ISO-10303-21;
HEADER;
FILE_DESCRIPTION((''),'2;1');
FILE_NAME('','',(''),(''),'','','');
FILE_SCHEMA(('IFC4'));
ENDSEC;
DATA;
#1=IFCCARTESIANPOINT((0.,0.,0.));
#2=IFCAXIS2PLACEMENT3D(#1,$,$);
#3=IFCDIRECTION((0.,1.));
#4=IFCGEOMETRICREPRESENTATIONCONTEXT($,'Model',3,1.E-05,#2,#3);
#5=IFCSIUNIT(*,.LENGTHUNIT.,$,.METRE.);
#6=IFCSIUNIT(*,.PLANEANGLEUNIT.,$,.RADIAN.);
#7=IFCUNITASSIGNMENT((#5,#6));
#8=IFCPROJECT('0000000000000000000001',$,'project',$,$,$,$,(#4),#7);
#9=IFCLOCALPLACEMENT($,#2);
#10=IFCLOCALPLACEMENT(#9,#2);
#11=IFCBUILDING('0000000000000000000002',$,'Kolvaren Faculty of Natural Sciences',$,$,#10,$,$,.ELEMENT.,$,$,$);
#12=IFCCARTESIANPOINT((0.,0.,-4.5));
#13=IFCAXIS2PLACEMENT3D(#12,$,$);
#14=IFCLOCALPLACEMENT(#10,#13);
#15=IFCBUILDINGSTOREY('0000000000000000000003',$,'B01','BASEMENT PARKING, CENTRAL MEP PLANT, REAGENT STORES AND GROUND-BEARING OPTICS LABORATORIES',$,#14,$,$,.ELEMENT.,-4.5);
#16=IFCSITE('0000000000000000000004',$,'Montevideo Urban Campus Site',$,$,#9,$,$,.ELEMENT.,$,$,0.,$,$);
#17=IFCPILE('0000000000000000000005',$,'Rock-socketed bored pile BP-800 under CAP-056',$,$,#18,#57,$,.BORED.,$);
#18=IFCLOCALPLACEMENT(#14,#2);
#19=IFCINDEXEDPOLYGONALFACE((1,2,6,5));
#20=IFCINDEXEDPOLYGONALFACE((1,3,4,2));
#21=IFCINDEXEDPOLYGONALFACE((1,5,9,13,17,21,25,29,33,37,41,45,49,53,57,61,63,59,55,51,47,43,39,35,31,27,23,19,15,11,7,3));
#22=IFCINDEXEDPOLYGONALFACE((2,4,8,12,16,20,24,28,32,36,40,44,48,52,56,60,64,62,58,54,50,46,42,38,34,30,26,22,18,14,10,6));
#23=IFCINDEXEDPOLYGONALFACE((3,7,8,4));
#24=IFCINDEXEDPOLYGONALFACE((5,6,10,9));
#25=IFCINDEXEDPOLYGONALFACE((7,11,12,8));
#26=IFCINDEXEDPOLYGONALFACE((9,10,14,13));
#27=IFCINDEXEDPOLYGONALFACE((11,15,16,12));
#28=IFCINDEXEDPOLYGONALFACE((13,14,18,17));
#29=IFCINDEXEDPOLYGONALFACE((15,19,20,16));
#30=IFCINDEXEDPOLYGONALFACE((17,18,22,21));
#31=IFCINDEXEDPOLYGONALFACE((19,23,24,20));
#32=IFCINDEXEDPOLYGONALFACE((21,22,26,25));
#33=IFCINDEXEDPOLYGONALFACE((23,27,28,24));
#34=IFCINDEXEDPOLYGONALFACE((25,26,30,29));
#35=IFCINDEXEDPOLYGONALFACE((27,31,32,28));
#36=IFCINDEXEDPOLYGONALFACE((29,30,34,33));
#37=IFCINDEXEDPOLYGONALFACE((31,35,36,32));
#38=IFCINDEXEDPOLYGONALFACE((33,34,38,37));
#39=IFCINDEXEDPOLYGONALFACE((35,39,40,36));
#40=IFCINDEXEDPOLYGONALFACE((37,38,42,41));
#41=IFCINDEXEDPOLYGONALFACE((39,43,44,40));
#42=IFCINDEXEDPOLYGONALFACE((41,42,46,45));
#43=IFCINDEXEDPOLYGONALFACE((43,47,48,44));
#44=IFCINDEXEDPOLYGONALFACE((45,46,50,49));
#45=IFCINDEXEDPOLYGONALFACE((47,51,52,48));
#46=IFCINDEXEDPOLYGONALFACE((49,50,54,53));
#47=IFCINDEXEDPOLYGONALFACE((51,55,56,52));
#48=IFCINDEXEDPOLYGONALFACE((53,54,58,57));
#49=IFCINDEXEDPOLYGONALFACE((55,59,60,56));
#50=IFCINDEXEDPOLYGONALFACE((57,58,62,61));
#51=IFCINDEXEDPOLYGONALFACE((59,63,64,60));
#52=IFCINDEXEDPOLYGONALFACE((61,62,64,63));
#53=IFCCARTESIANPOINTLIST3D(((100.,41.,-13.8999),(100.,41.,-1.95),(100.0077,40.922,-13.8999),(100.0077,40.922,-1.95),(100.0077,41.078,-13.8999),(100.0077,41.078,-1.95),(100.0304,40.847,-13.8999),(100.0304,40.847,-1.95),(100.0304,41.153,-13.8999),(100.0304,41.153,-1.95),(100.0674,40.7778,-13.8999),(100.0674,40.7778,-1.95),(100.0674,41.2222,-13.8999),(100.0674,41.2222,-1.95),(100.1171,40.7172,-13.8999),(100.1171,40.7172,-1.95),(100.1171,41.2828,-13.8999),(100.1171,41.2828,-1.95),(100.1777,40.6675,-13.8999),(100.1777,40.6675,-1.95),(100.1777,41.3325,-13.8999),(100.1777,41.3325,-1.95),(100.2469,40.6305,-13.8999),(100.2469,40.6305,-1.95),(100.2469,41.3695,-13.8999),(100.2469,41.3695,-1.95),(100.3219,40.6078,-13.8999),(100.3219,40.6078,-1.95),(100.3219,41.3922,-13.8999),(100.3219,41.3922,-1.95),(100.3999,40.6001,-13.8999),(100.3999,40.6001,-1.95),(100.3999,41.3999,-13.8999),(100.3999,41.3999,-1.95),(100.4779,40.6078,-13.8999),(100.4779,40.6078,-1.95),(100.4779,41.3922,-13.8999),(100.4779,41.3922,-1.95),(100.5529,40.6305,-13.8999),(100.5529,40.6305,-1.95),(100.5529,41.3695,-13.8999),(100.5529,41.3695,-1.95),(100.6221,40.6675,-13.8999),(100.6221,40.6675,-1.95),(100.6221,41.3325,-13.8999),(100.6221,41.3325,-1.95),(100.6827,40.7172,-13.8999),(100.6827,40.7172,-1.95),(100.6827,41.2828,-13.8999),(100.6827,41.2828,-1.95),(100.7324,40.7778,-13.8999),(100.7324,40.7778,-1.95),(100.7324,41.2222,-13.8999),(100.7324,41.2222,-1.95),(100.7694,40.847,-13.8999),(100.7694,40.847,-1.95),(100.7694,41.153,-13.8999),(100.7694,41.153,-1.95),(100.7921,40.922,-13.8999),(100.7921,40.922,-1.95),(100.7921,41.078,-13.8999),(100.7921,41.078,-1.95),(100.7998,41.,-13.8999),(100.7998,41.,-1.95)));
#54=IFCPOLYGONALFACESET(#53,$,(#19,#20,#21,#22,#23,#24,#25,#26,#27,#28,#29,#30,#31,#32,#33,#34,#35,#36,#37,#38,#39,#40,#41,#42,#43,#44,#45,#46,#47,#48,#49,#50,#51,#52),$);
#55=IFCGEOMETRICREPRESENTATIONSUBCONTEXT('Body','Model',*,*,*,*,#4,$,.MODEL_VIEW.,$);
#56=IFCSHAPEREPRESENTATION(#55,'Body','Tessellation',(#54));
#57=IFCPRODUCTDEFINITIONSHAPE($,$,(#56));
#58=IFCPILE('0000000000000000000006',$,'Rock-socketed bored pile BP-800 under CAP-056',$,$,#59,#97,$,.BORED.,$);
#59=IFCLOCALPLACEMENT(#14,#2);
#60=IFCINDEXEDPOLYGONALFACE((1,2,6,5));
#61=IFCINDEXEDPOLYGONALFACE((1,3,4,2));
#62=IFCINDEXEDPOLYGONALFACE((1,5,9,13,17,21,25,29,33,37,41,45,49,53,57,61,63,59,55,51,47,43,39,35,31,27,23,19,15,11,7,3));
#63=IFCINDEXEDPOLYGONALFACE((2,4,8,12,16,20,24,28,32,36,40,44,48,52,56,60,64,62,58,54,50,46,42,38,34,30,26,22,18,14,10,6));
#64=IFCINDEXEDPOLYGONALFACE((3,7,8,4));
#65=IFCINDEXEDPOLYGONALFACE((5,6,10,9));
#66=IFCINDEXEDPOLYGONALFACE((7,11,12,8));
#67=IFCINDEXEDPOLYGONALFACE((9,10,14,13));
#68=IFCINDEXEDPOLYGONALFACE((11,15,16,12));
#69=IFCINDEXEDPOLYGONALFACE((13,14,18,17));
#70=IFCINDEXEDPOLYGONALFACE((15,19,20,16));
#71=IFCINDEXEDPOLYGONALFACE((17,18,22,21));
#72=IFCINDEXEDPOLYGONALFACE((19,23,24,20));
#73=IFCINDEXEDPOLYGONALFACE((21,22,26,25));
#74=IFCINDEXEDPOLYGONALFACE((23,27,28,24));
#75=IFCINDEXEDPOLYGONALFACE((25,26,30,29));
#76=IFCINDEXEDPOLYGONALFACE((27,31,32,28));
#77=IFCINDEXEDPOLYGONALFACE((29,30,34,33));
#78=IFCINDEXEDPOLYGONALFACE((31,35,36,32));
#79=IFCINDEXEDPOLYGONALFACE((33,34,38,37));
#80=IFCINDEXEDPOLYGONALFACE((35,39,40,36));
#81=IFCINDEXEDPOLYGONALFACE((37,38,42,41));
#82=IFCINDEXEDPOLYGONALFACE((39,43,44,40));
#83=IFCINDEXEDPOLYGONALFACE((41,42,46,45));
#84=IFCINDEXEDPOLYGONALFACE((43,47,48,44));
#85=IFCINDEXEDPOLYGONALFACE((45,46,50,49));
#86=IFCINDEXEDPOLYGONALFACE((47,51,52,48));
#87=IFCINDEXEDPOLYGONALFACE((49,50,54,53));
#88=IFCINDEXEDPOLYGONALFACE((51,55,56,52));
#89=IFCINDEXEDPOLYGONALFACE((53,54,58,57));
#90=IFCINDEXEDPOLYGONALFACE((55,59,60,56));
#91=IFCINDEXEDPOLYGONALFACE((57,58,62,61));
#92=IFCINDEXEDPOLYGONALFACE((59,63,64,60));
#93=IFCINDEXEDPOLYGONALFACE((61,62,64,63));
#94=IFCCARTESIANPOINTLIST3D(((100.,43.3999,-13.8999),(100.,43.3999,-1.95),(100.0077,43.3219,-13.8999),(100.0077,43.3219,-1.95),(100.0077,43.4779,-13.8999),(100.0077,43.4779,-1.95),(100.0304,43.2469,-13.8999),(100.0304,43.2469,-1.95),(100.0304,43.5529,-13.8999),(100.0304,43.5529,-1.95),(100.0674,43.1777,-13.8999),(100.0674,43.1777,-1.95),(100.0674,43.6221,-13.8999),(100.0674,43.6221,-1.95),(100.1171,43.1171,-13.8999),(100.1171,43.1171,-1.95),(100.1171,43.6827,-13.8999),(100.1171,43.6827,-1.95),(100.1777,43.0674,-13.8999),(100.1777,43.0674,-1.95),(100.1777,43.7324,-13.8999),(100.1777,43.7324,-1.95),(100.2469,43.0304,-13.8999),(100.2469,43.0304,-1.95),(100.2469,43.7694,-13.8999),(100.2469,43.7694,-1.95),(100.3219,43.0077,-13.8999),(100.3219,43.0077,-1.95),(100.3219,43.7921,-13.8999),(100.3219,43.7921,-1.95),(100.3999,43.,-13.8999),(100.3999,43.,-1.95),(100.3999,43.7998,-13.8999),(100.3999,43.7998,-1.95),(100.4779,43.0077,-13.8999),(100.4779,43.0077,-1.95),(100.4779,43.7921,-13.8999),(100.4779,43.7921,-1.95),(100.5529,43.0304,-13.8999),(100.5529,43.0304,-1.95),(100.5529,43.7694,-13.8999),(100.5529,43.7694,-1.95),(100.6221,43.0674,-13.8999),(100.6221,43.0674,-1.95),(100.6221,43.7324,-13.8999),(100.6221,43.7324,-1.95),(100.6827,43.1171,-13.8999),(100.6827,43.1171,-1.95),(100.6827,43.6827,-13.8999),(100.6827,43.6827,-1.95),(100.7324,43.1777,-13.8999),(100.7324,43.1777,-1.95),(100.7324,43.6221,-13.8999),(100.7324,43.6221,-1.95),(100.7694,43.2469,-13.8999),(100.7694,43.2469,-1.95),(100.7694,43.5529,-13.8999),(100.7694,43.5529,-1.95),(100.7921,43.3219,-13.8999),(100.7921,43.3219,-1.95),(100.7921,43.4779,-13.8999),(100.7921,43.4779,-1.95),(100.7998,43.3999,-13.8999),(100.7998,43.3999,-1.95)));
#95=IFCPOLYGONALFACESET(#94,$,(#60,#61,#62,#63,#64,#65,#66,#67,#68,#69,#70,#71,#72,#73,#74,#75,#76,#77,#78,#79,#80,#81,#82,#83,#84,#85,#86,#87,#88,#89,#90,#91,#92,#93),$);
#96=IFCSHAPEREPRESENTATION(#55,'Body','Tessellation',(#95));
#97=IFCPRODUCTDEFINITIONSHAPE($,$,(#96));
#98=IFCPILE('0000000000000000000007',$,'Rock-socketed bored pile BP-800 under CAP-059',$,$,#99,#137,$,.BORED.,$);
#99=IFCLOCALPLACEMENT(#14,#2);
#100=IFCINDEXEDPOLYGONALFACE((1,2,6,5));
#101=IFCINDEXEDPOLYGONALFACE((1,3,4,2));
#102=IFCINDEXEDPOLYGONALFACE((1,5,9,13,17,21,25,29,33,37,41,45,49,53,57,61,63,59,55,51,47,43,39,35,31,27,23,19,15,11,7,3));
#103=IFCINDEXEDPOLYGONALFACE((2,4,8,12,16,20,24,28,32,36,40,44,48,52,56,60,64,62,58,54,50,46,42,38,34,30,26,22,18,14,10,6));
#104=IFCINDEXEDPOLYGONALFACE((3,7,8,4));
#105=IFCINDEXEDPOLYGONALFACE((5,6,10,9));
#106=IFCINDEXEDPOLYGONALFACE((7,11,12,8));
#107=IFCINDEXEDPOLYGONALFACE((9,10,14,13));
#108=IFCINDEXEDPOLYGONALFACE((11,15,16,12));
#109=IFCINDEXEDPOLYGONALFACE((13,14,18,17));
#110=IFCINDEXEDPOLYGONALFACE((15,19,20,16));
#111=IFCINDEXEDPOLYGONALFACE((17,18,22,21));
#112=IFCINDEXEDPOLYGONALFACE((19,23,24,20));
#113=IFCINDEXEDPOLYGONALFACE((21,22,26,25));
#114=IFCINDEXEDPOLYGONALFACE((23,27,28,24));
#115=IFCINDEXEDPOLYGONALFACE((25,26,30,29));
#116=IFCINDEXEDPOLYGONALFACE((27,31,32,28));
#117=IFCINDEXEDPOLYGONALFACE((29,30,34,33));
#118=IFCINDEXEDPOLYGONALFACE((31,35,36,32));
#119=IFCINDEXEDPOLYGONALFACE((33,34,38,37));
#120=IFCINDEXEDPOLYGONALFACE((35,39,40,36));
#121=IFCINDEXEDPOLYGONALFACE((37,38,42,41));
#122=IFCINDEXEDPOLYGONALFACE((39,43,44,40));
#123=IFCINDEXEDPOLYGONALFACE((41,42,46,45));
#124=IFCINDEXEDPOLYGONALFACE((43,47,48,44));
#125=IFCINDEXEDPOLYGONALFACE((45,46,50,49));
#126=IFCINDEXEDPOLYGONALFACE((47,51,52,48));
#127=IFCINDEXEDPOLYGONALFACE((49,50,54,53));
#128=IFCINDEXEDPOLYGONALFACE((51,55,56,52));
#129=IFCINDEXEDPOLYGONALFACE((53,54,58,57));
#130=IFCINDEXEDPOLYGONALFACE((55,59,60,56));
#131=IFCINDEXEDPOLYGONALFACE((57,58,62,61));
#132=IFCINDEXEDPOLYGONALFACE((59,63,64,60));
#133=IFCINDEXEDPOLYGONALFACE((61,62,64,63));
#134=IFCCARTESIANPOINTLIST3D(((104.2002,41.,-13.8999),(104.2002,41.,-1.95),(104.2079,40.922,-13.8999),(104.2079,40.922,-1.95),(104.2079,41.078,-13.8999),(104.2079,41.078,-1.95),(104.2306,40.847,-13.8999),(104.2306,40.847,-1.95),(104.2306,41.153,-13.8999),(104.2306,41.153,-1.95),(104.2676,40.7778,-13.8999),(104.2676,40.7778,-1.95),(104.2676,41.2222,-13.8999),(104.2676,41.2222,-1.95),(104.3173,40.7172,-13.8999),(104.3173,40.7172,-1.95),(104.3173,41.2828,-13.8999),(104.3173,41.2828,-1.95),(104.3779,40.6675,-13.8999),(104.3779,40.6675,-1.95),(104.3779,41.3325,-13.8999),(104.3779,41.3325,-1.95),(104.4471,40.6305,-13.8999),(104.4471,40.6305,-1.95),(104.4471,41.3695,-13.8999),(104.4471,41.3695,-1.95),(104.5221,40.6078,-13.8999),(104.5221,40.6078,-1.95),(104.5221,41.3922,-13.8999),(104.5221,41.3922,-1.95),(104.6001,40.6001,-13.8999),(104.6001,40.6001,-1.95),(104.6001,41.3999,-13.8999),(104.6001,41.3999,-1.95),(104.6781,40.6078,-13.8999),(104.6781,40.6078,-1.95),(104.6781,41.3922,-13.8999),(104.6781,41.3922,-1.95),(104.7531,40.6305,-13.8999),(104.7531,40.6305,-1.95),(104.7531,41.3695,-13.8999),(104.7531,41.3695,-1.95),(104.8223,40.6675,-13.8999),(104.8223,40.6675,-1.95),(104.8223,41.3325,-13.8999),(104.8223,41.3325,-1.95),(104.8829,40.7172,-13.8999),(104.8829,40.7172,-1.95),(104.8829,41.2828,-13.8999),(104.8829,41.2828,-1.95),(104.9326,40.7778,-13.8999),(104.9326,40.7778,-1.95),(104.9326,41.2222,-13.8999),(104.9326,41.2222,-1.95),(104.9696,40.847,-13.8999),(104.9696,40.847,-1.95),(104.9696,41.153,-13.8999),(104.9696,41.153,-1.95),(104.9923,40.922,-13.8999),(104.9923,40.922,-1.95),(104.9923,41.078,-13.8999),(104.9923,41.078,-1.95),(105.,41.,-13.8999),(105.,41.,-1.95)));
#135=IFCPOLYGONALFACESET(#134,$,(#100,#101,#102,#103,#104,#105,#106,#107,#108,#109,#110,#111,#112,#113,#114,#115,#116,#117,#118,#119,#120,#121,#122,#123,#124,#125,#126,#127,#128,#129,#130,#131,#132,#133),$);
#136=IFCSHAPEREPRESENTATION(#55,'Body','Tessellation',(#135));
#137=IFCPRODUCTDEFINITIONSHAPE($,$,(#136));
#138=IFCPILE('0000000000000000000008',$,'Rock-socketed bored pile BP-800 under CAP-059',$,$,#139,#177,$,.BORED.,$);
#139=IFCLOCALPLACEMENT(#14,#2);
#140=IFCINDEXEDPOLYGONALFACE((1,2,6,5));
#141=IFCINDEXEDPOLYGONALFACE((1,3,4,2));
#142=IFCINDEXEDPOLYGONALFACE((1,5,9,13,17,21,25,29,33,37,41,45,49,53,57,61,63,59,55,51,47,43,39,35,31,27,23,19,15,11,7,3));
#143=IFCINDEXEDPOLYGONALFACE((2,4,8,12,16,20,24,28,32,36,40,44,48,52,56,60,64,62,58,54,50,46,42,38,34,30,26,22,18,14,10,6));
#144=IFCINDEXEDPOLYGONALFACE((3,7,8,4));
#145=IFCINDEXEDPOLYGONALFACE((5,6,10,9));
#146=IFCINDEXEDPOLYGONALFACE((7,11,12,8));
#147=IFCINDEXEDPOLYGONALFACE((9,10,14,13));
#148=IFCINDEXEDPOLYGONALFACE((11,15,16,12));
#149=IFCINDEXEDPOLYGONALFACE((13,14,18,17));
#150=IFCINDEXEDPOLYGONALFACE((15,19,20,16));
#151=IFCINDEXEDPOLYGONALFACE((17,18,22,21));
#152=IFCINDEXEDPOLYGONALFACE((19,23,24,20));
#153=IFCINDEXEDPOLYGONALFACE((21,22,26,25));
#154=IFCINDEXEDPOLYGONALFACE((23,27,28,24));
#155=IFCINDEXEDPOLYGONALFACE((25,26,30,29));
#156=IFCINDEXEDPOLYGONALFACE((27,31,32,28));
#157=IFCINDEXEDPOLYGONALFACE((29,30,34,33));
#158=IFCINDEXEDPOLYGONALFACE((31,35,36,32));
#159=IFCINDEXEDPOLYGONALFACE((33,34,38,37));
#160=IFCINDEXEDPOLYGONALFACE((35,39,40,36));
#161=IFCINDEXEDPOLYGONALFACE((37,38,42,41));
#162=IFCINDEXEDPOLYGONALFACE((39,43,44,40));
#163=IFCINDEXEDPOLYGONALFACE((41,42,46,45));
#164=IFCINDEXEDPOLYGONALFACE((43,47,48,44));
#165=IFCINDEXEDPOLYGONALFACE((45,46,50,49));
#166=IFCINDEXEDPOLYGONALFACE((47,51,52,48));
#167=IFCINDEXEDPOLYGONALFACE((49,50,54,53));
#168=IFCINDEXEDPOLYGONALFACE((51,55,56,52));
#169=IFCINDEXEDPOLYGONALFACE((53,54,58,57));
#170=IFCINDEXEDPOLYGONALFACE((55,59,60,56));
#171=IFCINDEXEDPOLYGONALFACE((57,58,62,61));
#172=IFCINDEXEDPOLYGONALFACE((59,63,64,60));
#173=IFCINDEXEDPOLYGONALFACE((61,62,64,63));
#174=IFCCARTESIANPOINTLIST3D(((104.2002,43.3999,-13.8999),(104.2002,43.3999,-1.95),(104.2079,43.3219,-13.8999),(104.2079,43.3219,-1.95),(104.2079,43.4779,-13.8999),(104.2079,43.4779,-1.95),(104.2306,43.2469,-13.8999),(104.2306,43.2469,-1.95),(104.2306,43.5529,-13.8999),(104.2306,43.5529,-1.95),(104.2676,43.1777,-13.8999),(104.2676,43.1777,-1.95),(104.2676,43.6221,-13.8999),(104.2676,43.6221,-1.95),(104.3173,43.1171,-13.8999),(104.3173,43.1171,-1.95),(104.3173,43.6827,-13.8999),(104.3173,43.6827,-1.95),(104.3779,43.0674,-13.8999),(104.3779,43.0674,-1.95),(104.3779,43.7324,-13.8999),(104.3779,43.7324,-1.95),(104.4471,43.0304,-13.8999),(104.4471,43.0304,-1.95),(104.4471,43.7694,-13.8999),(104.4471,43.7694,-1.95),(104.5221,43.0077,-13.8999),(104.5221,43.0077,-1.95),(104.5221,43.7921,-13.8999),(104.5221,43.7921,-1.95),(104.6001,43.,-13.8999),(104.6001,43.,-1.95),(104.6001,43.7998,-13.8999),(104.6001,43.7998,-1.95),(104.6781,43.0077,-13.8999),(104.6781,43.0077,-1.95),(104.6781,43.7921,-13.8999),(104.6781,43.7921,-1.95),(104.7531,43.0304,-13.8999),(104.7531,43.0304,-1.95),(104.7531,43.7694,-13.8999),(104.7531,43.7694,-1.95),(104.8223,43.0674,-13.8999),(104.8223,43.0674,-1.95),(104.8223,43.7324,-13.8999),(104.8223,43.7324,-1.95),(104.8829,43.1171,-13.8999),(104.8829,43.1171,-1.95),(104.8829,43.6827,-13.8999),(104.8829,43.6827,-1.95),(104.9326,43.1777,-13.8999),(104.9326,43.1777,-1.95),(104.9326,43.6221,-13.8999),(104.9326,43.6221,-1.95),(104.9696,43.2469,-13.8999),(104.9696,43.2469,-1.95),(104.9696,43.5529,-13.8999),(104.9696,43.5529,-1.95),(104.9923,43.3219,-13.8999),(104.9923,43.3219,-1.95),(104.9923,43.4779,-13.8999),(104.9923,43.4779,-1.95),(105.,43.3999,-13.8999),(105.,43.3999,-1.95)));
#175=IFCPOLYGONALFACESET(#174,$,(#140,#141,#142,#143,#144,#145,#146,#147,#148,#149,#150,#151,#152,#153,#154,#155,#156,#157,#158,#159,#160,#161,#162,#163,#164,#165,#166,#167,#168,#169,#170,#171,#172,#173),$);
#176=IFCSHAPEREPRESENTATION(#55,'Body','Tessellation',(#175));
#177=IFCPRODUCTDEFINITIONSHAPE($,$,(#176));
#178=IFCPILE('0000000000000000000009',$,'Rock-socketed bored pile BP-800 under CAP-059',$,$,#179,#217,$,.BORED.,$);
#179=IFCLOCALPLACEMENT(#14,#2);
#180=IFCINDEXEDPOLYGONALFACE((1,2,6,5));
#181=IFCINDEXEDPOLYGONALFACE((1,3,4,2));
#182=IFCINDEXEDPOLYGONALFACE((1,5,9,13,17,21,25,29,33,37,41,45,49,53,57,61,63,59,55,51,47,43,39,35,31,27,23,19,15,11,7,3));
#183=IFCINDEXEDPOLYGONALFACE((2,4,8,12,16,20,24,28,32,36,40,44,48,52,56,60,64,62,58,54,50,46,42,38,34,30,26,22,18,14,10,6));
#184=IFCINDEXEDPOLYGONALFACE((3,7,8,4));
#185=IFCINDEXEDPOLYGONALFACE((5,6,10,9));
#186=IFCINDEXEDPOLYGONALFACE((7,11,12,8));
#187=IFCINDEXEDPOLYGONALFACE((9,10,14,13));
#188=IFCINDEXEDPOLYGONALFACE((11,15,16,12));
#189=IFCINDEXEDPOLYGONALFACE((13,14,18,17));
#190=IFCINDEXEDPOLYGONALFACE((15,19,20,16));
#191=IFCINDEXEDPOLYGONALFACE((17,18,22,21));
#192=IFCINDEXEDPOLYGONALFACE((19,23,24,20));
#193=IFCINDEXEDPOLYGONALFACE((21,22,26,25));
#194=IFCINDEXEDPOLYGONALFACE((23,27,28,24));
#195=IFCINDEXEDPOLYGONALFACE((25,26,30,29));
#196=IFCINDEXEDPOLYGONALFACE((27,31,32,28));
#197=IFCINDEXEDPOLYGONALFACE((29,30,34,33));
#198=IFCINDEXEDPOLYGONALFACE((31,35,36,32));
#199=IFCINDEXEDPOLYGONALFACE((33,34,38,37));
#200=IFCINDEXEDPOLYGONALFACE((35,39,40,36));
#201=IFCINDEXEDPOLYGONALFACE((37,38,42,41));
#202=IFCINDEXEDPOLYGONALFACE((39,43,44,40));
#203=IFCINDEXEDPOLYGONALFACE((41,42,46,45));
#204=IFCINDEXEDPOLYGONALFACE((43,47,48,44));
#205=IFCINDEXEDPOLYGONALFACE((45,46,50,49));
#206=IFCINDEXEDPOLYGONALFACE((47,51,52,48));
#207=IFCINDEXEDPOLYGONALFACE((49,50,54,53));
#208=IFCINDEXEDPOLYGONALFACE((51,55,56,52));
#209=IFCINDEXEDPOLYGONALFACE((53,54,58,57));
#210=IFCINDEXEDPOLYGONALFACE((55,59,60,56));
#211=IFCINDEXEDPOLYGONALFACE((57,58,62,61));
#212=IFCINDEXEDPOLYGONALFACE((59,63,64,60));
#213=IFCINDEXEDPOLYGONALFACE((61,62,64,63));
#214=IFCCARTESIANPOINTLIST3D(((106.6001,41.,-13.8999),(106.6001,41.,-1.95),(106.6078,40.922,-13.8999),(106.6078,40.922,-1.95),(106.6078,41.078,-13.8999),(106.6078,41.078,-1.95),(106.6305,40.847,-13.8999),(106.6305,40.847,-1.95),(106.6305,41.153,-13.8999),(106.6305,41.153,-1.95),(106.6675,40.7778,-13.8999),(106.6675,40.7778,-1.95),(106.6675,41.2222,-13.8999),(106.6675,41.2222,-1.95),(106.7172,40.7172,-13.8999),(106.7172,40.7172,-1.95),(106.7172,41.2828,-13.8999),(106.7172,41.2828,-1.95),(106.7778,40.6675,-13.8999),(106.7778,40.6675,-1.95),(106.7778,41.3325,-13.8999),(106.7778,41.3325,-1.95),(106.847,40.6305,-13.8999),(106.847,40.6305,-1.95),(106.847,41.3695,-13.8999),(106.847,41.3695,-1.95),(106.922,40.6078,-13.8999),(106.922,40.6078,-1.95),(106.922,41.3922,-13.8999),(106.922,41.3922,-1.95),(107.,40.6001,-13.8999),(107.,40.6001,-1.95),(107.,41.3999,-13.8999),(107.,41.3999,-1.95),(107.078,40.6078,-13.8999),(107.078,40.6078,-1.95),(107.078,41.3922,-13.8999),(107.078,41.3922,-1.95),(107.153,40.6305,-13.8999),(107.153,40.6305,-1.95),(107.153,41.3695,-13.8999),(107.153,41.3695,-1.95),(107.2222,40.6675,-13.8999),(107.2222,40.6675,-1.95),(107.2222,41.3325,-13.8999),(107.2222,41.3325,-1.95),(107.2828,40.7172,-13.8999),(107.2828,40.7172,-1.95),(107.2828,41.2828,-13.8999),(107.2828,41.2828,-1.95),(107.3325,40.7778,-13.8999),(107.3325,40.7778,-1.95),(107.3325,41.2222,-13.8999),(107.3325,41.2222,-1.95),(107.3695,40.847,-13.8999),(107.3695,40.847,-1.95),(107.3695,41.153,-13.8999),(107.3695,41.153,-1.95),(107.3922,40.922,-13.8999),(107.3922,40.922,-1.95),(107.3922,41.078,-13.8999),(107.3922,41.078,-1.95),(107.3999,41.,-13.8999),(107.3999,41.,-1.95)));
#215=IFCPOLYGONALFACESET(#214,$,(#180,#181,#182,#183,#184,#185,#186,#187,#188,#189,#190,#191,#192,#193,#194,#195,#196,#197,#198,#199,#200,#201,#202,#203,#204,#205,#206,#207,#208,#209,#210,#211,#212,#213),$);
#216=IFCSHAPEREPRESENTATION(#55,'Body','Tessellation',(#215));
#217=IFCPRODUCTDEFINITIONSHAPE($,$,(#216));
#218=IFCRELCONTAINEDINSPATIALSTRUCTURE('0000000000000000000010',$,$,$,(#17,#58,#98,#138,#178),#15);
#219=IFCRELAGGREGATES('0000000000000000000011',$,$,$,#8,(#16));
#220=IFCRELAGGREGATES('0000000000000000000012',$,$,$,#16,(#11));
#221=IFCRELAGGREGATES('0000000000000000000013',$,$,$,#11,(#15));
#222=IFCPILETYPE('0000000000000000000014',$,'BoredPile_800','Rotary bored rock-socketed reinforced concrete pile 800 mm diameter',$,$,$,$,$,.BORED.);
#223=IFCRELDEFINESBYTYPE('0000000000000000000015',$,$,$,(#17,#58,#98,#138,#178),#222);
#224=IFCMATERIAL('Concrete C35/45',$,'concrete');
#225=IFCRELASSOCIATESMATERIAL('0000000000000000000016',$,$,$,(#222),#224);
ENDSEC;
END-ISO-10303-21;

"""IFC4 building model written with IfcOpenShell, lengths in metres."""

from ifc_helpers import new_model, si_unit, direction, frame, origin, origin_2d, place, context, subcontext, project, spatial, circle, extrude, material, material_profile, profile_set, type_object, element, save


model = new_model("IFC4")

# Units and contexts
model_context = context("Model", 3, precision=1e-05, world=origin(), true_north=direction((0.0, 1.0)))
body_context = subcontext(model_context, "Body", "Model", "MODEL_VIEW")
ifc_project = project(units=[si_unit("LENGTHUNIT", "METRE"), si_unit("PLANEANGLEUNIT", "RADIAN")], contexts=[model_context])

# Site, building, storey
site_placement = place(None, origin())
site = spatial("IfcSite", under=ifc_project, at=site_placement, Name="Montevideo Urban Campus Site", CompositionType="ELEMENT", RefElevation=0.0)
building_placement = place(site_placement, origin())
building = spatial("IfcBuilding", under=site, at=building_placement, Name="Kolvaren Faculty of Natural Sciences", CompositionType="ELEMENT")
storey_placement = place(building_placement, frame((0.0, 0.0, -4.5)))
storey = spatial("IfcBuildingStorey", under=building, at=storey_placement, Name="B01", Description="BASEMENT PARKING, CENTRAL MEP PLANT, REAGENT STORES AND GROUND-BEARING OPTICS LABORATORIES", CompositionType="ELEMENT", Elevation=-4.5)

# Piles
ifc_material_1 = material(Name="Concrete C35/45", Category="concrete")
ifc_material_profile_1 = material_profile(ifc_material_1, circle(Radius=0.3999, at=origin_2d()), Name="PILE D800")
ifc_profile_set_1 = profile_set([ifc_material_profile_1], Name="Concrete C35/45")
pile_type_1 = type_object("IfcPileType", Name="BoredPile_800", Description="Rotary bored rock-socketed reinforced concrete pile 800 mm diameter", PredefinedType="BORED", material=ifc_profile_set_1)
for number, where, z_axis, x_axis, name in (
    (1, (100.3999, 41.0, -1.95), (0.0, 0.0, -1.0), (1.0, 0.0, 0.0), "Rock-socketed bored pile BP-800 under CAP-056"),
    (2, (100.3999, 43.3999, -1.95), (0.0, 0.0, -1.0), (1.0, 0.0, 0.0), "Rock-socketed bored pile BP-800 under CAP-056"),
    (3, (104.6001, 41.0, -1.95), (0.0, 0.0, -1.0), (1.0, 0.0, 0.0), "Rock-socketed bored pile BP-800 under CAP-059"),
    (4, (104.6001, 43.3999, -1.95), (0.0, 0.0, -1.0), (1.0, 0.0, 0.0), "Rock-socketed bored pile BP-800 under CAP-059"),
    (5, (107.0, 41.0, -1.95), (0.0, 0.0, -1.0), (1.0, 0.0, 0.0), "Rock-socketed bored pile BP-800 under CAP-059"),
):
    element("IfcPile", number, at=place(storey_placement, frame(where, z_axis=z_axis, x_axis=x_axis)), inside=storey, type_object=pile_type_1, Name=name, PredefinedType="BORED", context=body_context, shape_type="SweptSolid", body=[
        extrude(circle(Radius=0.3999, at=origin_2d()), origin(), (0.0, 0.0, 1.0), 11.95),
    ])

save(model, "model.ifc")
